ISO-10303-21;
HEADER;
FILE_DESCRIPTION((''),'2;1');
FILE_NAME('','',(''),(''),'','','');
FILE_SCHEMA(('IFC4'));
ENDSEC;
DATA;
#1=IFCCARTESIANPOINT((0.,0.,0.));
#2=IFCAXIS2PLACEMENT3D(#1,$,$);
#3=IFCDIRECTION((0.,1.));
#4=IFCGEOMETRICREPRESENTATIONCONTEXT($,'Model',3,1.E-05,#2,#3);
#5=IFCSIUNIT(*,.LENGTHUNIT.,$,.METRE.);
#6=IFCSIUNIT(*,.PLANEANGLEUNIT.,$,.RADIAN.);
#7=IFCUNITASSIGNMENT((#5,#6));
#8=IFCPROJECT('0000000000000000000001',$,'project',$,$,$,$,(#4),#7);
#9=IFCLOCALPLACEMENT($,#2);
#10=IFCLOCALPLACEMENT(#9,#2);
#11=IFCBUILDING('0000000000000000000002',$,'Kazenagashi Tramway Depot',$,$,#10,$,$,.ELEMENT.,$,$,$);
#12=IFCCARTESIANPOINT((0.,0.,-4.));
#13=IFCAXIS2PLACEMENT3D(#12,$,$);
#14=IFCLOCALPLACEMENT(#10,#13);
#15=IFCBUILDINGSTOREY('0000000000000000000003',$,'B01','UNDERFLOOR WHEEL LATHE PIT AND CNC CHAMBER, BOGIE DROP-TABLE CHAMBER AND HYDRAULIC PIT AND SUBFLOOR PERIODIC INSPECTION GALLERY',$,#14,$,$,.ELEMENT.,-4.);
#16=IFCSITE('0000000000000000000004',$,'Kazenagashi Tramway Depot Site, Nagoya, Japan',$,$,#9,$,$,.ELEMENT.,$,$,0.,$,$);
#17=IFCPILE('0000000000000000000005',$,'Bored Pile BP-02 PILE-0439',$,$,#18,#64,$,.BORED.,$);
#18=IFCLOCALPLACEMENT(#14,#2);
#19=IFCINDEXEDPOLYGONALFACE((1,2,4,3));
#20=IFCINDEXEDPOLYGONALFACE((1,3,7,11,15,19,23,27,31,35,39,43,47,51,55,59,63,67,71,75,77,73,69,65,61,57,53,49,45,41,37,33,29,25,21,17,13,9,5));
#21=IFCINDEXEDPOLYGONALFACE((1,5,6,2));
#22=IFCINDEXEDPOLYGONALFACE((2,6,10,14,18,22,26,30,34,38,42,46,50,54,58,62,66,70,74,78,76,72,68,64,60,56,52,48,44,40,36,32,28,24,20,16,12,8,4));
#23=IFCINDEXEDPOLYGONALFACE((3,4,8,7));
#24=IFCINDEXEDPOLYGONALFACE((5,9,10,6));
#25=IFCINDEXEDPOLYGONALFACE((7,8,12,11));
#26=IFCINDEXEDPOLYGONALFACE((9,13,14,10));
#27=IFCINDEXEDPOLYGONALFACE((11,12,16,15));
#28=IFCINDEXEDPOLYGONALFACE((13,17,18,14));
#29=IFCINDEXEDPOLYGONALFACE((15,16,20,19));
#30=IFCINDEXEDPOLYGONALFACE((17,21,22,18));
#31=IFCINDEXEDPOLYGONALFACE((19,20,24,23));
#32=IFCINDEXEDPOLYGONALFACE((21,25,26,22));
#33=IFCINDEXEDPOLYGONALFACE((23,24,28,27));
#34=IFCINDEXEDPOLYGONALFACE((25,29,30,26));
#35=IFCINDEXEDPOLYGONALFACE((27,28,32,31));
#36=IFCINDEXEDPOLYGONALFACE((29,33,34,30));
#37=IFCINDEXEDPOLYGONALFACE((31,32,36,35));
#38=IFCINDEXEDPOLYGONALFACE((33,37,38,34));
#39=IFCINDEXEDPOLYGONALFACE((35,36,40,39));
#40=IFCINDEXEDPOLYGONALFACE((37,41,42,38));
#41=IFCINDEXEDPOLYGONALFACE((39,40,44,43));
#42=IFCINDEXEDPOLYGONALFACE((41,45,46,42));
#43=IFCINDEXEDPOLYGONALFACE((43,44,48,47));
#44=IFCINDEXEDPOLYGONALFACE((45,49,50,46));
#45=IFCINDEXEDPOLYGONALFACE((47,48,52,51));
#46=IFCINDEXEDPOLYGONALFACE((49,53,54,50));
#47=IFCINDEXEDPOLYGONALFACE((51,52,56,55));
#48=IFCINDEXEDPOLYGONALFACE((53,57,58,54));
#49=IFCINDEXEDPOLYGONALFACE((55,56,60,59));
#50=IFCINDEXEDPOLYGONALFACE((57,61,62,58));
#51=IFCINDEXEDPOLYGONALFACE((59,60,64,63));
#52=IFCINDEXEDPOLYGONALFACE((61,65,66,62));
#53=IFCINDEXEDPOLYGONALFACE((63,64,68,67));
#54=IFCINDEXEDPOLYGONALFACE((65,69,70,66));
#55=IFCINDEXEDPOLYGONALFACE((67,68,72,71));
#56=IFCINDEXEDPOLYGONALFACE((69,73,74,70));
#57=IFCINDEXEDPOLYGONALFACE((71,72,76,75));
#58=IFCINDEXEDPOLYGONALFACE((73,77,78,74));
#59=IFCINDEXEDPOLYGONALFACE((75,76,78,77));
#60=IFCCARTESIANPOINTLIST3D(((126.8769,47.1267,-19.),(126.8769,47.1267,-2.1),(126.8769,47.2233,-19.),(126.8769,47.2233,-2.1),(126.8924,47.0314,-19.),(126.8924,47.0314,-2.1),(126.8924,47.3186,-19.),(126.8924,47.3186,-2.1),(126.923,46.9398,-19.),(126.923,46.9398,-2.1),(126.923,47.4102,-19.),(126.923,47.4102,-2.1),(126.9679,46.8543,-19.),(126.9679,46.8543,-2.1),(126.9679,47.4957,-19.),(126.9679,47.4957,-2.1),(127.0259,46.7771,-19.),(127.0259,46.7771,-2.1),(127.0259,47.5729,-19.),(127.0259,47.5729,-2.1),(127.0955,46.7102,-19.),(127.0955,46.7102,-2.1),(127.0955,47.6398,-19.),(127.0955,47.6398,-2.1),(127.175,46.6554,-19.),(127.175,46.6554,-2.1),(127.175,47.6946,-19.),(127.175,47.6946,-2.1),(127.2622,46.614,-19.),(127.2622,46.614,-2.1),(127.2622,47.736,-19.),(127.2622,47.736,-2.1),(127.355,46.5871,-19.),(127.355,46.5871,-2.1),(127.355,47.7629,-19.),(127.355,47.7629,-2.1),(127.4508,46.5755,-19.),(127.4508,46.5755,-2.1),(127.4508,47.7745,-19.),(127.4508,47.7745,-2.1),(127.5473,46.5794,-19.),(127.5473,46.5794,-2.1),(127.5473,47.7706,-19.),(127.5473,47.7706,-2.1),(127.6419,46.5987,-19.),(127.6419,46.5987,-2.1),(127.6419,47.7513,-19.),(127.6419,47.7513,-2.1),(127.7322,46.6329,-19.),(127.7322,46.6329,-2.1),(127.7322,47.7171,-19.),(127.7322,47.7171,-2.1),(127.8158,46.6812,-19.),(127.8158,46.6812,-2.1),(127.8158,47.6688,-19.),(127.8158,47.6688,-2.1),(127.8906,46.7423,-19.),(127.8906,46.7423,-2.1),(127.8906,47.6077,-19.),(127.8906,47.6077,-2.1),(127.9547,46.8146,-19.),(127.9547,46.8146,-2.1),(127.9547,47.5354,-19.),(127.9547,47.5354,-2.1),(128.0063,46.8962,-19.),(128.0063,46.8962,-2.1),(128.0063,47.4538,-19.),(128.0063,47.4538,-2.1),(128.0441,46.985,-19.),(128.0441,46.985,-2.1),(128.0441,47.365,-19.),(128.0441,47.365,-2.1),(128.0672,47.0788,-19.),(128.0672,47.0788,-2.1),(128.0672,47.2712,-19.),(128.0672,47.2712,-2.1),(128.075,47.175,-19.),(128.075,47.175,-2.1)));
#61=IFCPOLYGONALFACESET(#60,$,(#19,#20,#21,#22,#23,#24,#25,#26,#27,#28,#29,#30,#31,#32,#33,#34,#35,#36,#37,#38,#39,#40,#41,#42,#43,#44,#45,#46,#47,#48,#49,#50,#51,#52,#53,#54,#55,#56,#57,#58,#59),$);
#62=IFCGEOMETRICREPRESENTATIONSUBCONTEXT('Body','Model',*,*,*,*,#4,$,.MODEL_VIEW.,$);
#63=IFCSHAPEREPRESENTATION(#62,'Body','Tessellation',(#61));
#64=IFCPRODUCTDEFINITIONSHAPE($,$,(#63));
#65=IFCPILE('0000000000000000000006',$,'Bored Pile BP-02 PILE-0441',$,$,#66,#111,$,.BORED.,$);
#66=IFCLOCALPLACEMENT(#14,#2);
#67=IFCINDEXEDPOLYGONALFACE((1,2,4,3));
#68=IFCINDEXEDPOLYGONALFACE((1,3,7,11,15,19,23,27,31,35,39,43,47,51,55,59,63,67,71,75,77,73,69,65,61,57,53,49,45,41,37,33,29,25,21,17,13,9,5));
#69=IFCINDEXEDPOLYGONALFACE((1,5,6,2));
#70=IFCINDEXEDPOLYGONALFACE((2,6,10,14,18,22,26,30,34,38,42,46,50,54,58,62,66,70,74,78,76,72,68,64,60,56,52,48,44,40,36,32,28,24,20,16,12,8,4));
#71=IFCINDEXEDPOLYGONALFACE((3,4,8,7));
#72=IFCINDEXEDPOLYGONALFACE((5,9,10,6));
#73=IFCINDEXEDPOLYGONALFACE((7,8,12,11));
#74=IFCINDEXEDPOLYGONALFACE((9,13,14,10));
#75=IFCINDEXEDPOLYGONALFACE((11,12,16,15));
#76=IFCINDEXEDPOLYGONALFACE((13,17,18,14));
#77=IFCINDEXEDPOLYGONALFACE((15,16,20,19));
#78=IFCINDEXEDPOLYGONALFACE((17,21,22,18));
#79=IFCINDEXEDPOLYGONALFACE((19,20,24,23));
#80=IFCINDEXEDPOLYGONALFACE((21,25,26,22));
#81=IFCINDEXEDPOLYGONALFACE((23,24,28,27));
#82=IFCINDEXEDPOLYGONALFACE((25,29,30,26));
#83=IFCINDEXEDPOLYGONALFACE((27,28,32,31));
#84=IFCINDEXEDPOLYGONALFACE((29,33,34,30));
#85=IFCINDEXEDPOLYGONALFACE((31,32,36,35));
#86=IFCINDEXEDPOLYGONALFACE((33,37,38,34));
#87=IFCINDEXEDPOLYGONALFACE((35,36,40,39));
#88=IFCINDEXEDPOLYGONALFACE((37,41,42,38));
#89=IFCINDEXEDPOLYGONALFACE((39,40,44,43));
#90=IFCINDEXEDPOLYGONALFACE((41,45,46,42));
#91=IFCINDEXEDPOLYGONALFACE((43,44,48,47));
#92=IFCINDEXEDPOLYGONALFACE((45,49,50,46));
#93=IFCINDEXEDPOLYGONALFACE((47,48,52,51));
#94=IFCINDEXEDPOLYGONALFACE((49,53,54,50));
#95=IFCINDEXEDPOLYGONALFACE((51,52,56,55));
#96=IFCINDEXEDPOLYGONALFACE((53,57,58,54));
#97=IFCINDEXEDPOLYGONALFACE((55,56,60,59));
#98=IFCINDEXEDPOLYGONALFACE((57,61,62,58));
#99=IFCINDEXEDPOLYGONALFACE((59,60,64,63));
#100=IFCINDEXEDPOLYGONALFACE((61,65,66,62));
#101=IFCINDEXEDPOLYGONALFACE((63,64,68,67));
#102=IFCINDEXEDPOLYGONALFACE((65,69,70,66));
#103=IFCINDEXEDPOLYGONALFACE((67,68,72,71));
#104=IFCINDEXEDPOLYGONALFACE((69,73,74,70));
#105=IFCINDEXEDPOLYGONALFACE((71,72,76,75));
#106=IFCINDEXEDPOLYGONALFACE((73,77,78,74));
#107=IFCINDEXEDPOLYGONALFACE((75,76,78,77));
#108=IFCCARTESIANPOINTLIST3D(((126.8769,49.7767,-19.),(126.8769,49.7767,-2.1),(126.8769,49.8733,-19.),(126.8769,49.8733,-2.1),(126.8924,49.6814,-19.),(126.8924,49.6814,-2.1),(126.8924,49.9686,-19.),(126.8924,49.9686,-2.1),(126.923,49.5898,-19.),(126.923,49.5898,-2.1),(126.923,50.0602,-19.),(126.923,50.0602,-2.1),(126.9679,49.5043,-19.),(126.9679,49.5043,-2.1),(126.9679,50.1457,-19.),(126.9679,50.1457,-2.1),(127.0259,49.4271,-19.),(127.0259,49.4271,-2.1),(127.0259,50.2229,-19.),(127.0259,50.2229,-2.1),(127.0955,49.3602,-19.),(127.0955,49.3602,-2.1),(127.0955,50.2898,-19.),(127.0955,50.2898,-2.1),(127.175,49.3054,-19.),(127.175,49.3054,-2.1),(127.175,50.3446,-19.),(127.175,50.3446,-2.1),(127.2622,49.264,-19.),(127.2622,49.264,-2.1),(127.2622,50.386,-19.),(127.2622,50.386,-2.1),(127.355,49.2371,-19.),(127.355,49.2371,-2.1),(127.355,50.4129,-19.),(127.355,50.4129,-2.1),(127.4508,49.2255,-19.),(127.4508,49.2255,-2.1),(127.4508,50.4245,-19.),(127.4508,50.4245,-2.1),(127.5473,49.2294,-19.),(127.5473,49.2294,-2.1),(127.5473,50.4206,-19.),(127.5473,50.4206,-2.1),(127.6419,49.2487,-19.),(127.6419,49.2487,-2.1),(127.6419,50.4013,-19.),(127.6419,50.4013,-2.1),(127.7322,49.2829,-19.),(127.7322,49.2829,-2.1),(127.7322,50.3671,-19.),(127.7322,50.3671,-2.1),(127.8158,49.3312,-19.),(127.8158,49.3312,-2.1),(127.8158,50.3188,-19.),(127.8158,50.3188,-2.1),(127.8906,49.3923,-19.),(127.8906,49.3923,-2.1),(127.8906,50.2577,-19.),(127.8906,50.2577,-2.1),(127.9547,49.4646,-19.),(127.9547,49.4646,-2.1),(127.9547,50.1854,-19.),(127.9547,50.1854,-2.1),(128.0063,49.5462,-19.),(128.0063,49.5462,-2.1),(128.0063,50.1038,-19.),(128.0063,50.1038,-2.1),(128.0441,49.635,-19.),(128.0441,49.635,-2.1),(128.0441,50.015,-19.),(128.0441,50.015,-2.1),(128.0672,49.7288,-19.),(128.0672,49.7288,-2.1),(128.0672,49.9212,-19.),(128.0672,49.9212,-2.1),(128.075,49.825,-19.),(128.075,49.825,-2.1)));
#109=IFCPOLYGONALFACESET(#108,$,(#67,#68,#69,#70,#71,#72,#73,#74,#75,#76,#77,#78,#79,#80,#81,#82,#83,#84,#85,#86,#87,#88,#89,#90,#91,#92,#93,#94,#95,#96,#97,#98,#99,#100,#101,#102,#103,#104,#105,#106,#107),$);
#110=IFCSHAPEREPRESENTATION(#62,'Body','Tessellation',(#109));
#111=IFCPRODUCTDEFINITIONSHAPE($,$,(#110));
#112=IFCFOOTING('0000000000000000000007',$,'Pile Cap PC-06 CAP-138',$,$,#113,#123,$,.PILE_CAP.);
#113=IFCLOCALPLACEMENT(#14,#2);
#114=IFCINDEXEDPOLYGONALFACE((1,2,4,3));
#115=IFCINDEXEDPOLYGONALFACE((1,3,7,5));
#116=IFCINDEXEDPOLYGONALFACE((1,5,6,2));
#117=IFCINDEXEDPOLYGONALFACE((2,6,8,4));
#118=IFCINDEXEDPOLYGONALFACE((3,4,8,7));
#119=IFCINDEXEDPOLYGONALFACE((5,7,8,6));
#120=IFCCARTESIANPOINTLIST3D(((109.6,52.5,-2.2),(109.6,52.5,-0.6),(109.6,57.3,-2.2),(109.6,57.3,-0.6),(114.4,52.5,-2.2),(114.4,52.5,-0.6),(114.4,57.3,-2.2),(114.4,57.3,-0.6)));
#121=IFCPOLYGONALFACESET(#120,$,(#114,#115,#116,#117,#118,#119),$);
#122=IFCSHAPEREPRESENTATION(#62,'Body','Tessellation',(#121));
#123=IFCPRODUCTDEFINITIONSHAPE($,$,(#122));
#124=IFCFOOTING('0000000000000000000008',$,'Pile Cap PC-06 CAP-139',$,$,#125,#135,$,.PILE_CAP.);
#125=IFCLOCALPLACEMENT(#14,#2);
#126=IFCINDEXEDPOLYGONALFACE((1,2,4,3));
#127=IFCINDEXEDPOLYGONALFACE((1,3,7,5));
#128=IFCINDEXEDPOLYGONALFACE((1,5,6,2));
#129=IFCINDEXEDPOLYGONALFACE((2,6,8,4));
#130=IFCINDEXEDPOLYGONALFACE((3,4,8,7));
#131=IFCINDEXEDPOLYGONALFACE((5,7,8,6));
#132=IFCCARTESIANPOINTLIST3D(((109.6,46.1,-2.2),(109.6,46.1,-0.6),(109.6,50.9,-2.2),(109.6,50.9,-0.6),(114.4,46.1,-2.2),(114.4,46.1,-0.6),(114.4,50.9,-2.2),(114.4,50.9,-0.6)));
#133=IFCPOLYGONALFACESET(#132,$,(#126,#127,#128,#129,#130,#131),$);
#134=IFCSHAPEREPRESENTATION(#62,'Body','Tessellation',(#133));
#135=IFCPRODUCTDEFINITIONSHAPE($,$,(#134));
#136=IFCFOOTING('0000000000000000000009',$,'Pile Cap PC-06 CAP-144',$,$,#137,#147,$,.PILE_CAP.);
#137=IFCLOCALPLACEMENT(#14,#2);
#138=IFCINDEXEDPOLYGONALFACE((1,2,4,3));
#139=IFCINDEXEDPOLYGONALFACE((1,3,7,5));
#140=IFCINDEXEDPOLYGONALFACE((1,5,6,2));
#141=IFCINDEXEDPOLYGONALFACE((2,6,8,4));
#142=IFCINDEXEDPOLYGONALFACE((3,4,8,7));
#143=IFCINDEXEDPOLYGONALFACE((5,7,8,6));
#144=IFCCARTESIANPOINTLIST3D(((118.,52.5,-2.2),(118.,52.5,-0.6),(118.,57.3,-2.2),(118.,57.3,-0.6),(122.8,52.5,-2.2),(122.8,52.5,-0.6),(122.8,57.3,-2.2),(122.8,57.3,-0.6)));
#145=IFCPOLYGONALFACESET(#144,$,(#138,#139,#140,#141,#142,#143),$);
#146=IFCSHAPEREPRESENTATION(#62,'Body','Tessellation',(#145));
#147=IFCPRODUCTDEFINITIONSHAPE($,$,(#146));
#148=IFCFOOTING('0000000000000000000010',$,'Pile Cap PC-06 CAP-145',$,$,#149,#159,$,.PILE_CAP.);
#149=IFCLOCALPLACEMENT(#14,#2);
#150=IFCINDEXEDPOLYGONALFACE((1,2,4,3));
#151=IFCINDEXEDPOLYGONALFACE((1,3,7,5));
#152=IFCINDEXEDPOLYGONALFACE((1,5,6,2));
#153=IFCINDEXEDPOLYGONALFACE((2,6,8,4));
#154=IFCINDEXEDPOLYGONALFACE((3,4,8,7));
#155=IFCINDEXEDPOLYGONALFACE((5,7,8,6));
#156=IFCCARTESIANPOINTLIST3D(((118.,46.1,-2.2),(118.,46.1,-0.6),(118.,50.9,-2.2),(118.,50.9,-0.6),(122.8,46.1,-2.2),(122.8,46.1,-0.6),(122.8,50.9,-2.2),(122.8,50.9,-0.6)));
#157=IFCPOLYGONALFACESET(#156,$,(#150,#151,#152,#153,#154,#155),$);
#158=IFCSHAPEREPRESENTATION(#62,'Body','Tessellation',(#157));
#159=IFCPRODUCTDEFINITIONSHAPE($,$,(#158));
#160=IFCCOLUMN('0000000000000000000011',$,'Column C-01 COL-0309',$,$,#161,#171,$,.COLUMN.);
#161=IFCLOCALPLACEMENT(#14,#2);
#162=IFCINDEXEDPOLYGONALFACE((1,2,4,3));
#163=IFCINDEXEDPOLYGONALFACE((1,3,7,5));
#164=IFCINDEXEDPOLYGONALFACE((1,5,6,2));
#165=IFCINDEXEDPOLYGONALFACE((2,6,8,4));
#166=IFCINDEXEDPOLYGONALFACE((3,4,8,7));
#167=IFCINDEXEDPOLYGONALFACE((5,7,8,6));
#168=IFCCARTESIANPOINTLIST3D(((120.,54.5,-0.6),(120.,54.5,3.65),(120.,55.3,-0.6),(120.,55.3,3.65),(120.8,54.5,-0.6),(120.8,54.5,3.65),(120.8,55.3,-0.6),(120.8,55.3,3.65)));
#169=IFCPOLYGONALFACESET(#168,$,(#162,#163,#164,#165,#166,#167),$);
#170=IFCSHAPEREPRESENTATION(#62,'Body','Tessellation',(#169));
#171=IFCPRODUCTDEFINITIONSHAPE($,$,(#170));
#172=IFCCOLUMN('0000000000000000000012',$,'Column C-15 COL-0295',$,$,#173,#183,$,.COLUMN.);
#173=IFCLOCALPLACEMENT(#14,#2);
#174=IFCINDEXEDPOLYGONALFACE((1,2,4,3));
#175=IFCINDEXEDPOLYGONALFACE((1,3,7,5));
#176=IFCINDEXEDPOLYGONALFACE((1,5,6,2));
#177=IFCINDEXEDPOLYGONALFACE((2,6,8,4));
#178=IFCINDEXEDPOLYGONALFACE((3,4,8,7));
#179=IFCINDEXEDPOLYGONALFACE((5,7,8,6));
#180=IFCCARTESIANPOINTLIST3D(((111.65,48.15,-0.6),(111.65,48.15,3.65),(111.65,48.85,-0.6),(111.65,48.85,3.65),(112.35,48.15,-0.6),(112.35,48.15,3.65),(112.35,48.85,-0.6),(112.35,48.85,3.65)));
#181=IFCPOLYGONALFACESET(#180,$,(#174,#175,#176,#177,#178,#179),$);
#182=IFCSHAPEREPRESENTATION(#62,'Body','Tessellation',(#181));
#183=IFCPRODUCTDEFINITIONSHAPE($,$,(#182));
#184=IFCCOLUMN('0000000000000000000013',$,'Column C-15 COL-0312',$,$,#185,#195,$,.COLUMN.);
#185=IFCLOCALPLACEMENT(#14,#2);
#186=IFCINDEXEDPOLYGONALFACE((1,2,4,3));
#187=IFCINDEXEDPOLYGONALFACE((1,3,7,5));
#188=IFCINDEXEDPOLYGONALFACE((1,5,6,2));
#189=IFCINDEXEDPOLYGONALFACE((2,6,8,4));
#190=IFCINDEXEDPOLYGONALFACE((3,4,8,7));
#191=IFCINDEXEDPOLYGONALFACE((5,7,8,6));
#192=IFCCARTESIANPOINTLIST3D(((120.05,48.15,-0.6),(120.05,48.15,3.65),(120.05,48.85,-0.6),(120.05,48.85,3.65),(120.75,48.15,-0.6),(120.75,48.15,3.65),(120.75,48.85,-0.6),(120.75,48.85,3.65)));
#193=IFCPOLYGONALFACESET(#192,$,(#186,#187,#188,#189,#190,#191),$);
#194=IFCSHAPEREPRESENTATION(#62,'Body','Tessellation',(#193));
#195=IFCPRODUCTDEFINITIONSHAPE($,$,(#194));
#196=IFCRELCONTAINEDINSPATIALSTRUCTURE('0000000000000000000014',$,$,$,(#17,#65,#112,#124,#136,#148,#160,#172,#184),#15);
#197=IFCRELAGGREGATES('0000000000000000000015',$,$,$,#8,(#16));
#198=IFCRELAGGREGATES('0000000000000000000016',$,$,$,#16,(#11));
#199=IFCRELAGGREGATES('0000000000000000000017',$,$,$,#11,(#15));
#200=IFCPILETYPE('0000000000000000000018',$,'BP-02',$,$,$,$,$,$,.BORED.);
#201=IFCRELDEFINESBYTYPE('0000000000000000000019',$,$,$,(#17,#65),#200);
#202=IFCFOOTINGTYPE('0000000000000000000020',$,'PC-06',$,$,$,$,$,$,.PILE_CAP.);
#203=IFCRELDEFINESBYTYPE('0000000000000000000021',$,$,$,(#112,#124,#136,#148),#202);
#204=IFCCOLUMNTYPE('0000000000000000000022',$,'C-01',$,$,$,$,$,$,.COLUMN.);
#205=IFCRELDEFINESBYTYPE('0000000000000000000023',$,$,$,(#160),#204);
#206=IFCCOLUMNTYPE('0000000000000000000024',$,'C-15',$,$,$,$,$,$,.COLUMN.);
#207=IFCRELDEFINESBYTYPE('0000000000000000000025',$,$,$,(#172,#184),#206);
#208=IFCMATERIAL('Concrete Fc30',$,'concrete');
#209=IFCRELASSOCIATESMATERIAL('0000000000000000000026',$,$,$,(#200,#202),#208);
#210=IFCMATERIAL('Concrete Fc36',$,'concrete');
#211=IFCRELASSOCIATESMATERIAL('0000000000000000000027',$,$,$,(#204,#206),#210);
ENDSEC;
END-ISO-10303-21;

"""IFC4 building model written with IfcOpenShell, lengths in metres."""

from ifc_helpers import new_model, si_unit, direction, frame, origin, origin_2d, place, context, subcontext, project, spatial, rectangle, circle, extrude, material, material_profile, profile_set, type_object, element, save


model = new_model("IFC4")

# Units and contexts
model_context = context("Model", 3, precision=1e-05, world=origin(), true_north=direction((0.0, 1.0)))
body_context = subcontext(model_context, "Body", "Model", "MODEL_VIEW")
ifc_project = project(units=[si_unit("LENGTHUNIT", "METRE"), si_unit("PLANEANGLEUNIT", "RADIAN")], contexts=[model_context])

# Site, building, storey
site_placement = place(None, origin())
site = spatial("IfcSite", under=ifc_project, at=site_placement, Name="Kazenagashi Tramway Depot Site, Nagoya, Japan", CompositionType="ELEMENT", RefElevation=0.0)
building_placement = place(site_placement, origin())
building = spatial("IfcBuilding", under=site, at=building_placement, Name="Kazenagashi Tramway Depot", CompositionType="ELEMENT")
storey_placement = place(building_placement, frame((0.0, 0.0, -4.0)))
storey = spatial("IfcBuildingStorey", under=building, at=storey_placement, Name="B01", Description="UNDERFLOOR WHEEL LATHE PIT AND CNC CHAMBER, BOGIE DROP-TABLE CHAMBER AND HYDRAULIC PIT AND SUBFLOOR PERIODIC INSPECTION GALLERY", CompositionType="ELEMENT", Elevation=-4.0)

# Piles
ifc_material_1 = material(Name="Concrete Fc30", Category="concrete")
ifc_material_profile_1 = material_profile(ifc_material_1, circle(Radius=0.6, at=origin_2d()), Name="PILE-1200")
ifc_profile_set_1 = profile_set([ifc_material_profile_1], Name="Concrete Fc30")
pile_type = type_object("IfcPileType", Name="BP-02", PredefinedType="BORED", material=ifc_profile_set_1)
for number, where, z_axis, x_axis, name in (
    (1, (127.475, 47.175, -2.1), (0.0, 0.0, -1.0), (1.0, 0.0, 0.0), "Bored Pile BP-02 PILE-0439"),
    (2, (127.475, 49.825, -2.1), (0.0, 0.0, -1.0), (1.0, 0.0, 0.0), "Bored Pile BP-02 PILE-0441"),
):
    element("IfcPile", number, at=place(storey_placement, frame(where, z_axis=z_axis, x_axis=x_axis)), inside=storey, type_object=pile_type, Name=name, PredefinedType="BORED", context=body_context, shape_type="SweptSolid", body=[
        extrude(circle(Radius=0.6, at=origin_2d()), origin(), (0.0, 0.0, 1.0), 16.9),
    ])

# Footings
footing_type = type_object("IfcFootingType", Name="PC-06", PredefinedType="PILE_CAP", material=ifc_material_1)
for number, where, z_axis, x_axis, name in (
    (3, (112.0, 54.9, -2.2), (0.0, 0.0, 1.0), (1.0, 0.0, 0.0), "Pile Cap PC-06 CAP-138"),
    (4, (112.0, 48.5, -2.2), (0.0, 0.0, 1.0), (1.0, 0.0, 0.0), "Pile Cap PC-06 CAP-139"),
    (5, (120.4, 54.9, -2.2), (0.0, 0.0, 1.0), (1.0, 0.0, 0.0), "Pile Cap PC-06 CAP-144"),
    (6, (120.4, 48.5, -2.2), (0.0, 0.0, 1.0), (1.0, 0.0, 0.0), "Pile Cap PC-06 CAP-145"),
):
    element("IfcFooting", number, at=place(storey_placement, frame(where, z_axis=z_axis, x_axis=x_axis)), inside=storey, type_object=footing_type, Name=name, PredefinedType="PILE_CAP", context=body_context, shape_type="SweptSolid", body=[
        extrude(rectangle(XDim=4.8, YDim=4.8, at=origin_2d()), origin(), (0.0, 0.0, 1.0), 1.6),
    ])

# Columns
ifc_material_2 = material(Name="Concrete Fc36", Category="concrete")
ifc_material_profile_2 = material_profile(ifc_material_2, rectangle(XDim=0.8, YDim=0.8, at=origin_2d()), Name="RC-800x800")
ifc_profile_set_2 = profile_set([ifc_material_profile_2], Name="Concrete Fc36")
column_type_1 = type_object("IfcColumnType", Name="C-01", PredefinedType="COLUMN", material=ifc_profile_set_2)
column_placement = place(storey_placement, frame((120.4, 54.9, -0.6), z_axis=(0.0, 0.0, 1.0), x_axis=(1.0, 0.0, 0.0)))
element("IfcColumn", 7, at=column_placement, inside=storey, type_object=column_type_1, Name="Column C-01 COL-0309", PredefinedType="COLUMN", context=body_context, shape_type="SweptSolid", body=[
    extrude(rectangle(XDim=0.8, YDim=0.8, at=origin_2d()), origin(), (0.0, 0.0, 1.0), 4.25),
])
ifc_material_profile_3 = material_profile(ifc_material_2, rectangle(XDim=0.7, YDim=0.7, at=origin_2d()), Name="RC-700x700")
ifc_profile_set_3 = profile_set([ifc_material_profile_3], Name="Concrete Fc36")
column_type_2 = type_object("IfcColumnType", Name="C-15", PredefinedType="COLUMN", material=ifc_profile_set_3)
for number, where, z_axis, x_axis, name in (
    (8, (112.0, 48.5, -0.6), (0.0, 0.0, 1.0), (1.0, 0.0, 0.0), "Column C-15 COL-0295"),
    (9, (120.4, 48.5, -0.6), (0.0, 0.0, 1.0), (1.0, 0.0, 0.0), "Column C-15 COL-0312"),
):
    element("IfcColumn", number, at=place(storey_placement, frame(where, z_axis=z_axis, x_axis=x_axis)), inside=storey, type_object=column_type_2, Name=name, PredefinedType="COLUMN", context=body_context, shape_type="SweptSolid", body=[
        extrude(rectangle(XDim=0.7, YDim=0.7, at=origin_2d()), origin(), (0.0, 0.0, 1.0), 4.25),
    ])

save(model, "model.ifc")
